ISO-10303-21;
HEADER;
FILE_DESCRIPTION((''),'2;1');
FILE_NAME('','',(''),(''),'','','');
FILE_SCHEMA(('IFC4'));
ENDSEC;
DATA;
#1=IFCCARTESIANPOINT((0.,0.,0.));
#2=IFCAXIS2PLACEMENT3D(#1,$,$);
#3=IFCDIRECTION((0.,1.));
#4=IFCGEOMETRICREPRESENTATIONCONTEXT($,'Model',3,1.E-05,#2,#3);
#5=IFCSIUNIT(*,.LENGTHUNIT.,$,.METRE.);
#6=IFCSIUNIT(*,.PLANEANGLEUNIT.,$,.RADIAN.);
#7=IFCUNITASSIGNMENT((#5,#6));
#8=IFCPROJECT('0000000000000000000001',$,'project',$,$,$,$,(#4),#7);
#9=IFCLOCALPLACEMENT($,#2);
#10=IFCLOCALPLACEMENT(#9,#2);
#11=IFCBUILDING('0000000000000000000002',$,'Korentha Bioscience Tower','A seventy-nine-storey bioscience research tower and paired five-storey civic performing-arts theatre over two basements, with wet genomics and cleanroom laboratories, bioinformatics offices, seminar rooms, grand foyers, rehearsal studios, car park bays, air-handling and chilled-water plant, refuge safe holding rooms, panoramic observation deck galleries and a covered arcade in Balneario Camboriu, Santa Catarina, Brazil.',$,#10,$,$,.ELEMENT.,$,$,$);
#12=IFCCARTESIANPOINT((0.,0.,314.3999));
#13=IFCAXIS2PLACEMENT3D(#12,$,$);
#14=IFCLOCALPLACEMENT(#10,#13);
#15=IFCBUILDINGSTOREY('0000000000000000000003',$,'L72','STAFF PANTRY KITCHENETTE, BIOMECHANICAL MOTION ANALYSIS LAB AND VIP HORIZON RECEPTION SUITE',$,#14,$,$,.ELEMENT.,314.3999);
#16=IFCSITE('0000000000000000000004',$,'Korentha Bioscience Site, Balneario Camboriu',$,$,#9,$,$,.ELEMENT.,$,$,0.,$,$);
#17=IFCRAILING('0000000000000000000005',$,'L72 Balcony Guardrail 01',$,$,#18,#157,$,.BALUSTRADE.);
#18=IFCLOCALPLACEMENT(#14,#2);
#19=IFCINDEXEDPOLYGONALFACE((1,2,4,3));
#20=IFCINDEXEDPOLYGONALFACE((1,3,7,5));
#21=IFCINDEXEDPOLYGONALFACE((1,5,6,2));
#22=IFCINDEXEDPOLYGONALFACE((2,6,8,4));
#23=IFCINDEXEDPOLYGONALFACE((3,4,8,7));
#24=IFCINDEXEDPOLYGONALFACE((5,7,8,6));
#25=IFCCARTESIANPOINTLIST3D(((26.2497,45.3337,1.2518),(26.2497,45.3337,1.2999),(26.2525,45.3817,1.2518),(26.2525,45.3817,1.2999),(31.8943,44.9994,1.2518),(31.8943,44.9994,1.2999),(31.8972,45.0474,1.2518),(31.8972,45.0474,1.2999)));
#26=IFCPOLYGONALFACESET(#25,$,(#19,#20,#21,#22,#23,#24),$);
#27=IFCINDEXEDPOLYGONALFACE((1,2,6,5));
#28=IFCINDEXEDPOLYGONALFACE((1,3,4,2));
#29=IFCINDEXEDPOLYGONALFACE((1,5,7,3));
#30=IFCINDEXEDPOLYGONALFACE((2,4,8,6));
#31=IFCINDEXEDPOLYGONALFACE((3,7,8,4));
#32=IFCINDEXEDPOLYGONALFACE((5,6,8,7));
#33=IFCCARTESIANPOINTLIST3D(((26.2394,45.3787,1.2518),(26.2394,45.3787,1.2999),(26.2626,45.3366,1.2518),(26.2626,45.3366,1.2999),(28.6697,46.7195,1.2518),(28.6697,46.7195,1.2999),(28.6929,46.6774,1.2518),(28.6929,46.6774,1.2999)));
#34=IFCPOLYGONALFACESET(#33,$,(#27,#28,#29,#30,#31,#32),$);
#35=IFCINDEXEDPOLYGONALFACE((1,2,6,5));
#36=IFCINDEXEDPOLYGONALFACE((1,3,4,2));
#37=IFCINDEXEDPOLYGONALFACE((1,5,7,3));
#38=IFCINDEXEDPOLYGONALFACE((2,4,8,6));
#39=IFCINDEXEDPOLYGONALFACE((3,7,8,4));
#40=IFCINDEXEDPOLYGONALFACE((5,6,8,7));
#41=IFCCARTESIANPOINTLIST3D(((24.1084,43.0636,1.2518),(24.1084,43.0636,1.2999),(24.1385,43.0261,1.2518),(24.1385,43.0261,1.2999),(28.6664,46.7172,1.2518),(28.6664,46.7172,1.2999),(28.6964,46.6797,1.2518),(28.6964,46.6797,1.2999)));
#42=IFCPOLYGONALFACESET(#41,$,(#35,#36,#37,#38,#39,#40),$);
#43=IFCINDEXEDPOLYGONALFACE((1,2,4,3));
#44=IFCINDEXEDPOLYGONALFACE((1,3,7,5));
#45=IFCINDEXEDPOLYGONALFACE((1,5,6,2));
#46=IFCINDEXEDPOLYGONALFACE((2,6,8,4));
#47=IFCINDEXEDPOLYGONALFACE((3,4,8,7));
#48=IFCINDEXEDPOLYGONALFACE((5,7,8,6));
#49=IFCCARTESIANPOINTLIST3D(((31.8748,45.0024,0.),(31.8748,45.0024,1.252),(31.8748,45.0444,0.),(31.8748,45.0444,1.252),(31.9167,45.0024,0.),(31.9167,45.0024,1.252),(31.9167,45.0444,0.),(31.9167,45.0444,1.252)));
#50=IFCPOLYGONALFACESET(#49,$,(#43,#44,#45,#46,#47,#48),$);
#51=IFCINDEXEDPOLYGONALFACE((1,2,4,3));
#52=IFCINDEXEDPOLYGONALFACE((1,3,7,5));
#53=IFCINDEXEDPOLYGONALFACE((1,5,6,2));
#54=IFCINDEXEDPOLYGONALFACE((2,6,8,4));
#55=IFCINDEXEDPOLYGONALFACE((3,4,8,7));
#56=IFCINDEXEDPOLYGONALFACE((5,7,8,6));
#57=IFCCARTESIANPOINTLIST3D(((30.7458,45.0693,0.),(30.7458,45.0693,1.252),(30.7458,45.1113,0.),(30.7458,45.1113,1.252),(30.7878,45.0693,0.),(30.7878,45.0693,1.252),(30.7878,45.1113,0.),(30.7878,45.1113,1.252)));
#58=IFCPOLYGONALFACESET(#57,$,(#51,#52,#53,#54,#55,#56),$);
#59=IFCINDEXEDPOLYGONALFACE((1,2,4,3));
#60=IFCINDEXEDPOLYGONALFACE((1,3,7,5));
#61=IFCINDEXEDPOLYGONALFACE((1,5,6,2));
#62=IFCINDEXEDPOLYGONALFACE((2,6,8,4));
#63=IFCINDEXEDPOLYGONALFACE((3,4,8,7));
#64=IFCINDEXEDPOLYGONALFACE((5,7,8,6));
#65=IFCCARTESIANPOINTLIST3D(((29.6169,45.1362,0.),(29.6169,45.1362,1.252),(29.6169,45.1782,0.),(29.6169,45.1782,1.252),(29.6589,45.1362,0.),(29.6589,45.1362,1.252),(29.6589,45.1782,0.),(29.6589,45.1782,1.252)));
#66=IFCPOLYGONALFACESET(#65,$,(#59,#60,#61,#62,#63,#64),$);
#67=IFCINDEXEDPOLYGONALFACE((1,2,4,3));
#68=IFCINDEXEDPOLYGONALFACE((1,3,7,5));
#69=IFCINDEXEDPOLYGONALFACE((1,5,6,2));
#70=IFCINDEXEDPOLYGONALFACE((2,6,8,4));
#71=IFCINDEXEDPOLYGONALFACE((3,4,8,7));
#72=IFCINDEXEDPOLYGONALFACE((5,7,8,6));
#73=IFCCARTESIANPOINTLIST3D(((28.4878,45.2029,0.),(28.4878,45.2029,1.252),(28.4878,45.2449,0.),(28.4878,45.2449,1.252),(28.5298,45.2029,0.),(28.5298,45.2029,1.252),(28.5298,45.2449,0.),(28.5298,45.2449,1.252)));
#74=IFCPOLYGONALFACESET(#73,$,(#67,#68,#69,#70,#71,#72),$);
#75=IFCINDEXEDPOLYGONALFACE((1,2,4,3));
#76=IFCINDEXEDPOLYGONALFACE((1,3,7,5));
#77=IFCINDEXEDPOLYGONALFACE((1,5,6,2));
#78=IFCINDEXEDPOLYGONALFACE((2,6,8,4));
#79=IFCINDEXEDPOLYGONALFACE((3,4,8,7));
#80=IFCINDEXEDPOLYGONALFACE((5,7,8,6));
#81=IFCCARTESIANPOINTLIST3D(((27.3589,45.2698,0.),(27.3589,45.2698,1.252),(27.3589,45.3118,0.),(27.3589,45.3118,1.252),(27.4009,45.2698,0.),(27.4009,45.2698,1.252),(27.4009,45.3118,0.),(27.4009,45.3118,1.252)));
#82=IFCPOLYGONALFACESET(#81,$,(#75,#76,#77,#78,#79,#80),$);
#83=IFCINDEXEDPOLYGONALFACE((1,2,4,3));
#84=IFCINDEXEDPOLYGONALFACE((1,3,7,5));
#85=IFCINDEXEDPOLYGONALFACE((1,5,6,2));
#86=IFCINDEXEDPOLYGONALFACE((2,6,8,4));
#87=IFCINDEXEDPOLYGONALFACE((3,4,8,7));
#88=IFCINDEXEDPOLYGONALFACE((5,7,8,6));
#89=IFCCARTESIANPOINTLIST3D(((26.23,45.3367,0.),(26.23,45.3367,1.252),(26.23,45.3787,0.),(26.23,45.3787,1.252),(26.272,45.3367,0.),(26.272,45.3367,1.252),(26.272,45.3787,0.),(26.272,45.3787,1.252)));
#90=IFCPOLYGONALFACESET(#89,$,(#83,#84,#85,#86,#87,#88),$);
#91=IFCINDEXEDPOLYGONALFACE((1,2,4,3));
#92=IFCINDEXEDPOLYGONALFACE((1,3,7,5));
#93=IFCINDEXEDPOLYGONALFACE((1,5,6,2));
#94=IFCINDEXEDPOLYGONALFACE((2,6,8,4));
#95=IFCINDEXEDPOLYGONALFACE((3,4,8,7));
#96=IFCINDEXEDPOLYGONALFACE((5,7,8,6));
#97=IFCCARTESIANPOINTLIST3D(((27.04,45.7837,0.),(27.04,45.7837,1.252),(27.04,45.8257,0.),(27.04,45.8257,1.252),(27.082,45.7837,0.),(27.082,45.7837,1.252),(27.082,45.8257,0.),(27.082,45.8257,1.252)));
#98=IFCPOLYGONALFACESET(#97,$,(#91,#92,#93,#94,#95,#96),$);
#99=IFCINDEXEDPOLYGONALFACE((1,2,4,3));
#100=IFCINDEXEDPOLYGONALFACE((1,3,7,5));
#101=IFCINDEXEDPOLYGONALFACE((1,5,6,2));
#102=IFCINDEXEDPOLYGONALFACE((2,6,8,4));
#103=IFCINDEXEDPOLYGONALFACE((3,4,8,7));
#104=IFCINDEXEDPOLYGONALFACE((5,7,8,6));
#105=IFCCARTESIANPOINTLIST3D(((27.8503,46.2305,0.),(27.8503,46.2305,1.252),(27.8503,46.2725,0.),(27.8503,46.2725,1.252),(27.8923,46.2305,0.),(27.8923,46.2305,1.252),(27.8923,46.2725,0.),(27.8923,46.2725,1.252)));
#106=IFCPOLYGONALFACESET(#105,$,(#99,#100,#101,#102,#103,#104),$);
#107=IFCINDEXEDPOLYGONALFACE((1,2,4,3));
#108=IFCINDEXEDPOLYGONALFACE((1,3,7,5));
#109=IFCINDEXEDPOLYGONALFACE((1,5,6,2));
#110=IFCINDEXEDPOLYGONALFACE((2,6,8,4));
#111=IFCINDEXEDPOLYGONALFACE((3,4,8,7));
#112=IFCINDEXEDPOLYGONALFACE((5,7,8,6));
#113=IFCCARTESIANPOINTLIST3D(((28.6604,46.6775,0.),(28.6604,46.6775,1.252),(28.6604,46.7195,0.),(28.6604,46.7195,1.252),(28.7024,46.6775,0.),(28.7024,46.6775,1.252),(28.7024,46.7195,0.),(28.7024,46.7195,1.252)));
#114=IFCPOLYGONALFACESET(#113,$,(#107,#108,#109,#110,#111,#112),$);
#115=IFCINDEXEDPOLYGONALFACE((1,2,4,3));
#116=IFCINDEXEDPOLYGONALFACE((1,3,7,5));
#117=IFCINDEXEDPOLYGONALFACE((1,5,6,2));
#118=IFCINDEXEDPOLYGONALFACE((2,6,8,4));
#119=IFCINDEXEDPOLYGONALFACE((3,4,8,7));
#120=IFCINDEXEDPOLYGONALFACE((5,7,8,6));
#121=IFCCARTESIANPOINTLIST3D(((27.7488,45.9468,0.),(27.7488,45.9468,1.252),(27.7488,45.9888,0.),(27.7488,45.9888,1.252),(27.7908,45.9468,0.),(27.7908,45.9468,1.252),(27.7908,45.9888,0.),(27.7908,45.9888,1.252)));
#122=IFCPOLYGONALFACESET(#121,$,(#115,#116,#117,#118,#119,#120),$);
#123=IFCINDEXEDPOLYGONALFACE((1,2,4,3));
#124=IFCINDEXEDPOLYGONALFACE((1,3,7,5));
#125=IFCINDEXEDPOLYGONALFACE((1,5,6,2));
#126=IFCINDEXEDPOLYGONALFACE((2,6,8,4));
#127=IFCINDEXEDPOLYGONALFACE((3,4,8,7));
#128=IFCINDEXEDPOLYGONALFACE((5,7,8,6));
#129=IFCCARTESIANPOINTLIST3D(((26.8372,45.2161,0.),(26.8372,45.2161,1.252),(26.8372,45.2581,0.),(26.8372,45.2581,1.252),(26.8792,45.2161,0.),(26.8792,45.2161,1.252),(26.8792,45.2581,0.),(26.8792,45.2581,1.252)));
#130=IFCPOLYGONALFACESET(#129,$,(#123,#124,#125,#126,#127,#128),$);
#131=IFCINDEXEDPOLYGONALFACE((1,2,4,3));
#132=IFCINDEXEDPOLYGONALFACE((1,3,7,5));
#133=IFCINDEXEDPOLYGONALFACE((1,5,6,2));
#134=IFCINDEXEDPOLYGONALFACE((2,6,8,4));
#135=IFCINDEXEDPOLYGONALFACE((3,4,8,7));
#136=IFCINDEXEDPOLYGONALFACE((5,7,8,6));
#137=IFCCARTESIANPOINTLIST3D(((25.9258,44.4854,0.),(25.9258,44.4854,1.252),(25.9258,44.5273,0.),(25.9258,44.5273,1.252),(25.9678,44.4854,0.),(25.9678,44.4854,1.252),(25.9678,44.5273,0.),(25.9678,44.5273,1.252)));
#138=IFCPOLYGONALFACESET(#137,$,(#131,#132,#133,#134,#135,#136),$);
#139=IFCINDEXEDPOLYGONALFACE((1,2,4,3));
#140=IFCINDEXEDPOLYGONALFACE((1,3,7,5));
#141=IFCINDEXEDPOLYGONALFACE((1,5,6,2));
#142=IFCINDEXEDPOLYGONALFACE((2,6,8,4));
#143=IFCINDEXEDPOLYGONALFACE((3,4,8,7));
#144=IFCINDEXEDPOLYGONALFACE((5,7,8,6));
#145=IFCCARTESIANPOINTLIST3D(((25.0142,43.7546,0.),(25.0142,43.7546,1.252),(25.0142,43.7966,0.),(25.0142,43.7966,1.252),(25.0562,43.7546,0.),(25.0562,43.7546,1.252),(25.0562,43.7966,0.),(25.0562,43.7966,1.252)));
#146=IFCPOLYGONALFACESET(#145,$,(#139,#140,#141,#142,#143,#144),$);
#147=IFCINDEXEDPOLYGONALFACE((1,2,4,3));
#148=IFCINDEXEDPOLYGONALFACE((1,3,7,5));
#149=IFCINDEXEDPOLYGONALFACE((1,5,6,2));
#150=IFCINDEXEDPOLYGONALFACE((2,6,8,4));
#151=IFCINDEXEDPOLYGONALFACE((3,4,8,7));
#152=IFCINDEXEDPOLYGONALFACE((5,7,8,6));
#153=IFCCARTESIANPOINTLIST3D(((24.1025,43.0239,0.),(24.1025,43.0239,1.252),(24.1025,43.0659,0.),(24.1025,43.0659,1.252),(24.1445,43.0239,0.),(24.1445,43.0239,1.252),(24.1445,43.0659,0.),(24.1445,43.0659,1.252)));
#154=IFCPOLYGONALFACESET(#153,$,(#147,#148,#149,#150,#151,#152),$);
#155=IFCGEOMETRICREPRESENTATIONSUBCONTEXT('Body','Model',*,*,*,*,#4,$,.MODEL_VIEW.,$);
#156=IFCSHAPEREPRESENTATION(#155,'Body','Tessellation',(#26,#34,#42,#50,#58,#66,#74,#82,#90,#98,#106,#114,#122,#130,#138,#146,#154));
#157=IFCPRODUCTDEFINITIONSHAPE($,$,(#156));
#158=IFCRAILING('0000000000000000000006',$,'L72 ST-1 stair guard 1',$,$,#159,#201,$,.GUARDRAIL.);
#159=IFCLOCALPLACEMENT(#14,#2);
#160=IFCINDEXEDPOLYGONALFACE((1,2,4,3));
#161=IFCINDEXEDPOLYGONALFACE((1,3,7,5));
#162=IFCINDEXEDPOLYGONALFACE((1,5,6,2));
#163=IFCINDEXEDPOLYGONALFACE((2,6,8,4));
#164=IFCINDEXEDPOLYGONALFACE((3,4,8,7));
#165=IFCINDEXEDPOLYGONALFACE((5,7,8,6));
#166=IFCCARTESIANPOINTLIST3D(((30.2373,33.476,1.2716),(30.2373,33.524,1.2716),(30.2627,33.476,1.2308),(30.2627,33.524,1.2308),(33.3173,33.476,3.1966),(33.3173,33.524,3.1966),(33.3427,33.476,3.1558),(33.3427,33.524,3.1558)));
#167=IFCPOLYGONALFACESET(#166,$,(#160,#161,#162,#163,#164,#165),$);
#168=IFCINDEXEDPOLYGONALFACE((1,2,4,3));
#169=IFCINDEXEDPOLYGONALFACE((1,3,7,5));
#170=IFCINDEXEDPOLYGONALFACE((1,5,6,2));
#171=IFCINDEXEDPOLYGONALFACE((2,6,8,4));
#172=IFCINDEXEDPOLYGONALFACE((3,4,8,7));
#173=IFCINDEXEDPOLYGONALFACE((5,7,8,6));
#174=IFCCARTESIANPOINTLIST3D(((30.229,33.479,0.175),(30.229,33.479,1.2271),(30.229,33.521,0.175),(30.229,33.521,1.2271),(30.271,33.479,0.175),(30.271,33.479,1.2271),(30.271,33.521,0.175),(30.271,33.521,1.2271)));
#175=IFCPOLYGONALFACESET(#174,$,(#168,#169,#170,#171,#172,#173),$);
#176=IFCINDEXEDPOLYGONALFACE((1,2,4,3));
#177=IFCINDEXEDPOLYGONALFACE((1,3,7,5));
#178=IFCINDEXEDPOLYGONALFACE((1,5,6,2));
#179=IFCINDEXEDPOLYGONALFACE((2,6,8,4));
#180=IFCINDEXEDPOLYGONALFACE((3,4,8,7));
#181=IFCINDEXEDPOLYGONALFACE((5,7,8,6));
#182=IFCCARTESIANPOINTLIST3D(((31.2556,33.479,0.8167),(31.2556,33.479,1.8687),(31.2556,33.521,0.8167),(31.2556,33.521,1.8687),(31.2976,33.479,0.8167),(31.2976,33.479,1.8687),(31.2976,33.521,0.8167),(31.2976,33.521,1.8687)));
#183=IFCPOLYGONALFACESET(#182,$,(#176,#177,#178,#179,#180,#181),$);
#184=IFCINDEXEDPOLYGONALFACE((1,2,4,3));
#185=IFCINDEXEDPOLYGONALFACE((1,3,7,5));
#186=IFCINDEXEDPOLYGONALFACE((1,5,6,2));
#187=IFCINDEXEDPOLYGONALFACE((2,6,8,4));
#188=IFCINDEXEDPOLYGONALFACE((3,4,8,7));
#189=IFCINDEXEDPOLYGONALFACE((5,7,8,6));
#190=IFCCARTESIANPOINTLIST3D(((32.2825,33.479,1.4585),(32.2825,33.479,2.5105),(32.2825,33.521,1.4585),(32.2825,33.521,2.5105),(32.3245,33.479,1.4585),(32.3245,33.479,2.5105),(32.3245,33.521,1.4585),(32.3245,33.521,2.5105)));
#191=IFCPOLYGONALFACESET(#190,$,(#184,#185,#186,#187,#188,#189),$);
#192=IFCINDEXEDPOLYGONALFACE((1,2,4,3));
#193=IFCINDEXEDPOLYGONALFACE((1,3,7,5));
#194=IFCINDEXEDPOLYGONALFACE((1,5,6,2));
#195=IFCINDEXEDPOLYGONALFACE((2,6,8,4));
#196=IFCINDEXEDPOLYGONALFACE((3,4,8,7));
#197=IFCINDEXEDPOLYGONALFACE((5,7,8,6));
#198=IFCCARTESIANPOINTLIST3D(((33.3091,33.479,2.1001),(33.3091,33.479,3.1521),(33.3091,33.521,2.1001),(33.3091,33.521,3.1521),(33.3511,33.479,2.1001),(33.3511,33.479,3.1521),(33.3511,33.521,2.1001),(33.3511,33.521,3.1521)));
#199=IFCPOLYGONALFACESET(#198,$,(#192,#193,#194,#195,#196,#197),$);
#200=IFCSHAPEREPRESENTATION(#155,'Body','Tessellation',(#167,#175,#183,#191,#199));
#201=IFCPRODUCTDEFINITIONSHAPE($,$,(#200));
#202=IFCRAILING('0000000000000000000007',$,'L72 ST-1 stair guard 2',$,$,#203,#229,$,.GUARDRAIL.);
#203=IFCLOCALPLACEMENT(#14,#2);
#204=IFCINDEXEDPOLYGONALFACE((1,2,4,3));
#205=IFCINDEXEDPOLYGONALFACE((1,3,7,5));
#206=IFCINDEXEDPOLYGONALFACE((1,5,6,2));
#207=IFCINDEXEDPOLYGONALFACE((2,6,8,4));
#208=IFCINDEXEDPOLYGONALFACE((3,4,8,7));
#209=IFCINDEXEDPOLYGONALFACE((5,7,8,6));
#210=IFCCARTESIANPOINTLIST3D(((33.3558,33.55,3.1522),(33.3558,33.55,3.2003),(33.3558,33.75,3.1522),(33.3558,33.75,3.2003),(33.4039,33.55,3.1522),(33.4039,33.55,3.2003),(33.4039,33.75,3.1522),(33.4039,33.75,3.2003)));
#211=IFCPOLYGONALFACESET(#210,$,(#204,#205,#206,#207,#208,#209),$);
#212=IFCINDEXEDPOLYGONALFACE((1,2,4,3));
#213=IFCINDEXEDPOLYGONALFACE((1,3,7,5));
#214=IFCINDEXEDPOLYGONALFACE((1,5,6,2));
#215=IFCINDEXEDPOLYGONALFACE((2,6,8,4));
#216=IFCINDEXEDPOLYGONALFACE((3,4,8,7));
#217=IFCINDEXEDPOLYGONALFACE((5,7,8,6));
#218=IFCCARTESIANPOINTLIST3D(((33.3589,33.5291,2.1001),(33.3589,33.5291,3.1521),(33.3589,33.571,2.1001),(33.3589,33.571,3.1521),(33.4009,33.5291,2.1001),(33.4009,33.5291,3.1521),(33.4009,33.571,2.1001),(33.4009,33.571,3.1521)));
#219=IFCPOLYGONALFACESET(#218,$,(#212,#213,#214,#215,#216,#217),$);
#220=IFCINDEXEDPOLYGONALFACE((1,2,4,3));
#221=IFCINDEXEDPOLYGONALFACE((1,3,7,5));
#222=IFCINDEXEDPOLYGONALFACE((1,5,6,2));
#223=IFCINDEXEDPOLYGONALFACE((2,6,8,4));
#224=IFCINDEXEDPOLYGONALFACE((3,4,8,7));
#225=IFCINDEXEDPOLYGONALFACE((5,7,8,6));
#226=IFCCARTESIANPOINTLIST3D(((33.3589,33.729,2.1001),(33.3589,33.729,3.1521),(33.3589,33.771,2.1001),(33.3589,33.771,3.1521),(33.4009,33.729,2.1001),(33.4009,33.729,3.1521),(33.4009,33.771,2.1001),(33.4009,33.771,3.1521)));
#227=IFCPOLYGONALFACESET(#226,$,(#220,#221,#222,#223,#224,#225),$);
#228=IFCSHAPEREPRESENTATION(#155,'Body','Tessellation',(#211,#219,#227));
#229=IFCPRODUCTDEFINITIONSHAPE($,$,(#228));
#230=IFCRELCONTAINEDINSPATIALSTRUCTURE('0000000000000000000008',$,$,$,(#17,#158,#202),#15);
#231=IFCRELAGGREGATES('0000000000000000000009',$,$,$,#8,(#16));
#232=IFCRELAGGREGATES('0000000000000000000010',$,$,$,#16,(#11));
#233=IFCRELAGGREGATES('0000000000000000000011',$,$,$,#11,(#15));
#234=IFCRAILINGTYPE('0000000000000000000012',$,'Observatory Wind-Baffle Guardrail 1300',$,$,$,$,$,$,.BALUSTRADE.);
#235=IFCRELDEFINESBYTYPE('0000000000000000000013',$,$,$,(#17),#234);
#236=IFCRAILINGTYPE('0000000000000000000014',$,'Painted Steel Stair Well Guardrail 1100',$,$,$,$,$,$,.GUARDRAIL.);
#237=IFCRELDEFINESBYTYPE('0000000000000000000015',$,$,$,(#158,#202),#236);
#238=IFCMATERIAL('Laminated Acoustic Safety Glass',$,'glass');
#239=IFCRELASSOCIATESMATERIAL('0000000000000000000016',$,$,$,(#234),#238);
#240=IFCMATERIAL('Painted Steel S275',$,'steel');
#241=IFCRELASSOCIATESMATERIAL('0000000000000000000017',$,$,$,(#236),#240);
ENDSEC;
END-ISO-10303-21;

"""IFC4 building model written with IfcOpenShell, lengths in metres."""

from ifc_helpers import new_model, si_unit, direction, frame, origin, origin_2d, place, context, subcontext, project, spatial, rectangle, extrude, material, type_object, element, save


model = new_model("IFC4")

# Units and contexts
model_context = context("Model", 3, precision=1e-05, world=origin(), true_north=direction((0.0, 1.0)))
body_context = subcontext(model_context, "Body", "Model", "MODEL_VIEW")
ifc_project = project(units=[si_unit("LENGTHUNIT", "METRE"), si_unit("PLANEANGLEUNIT", "RADIAN")], contexts=[model_context])

# Site, building, storey
site_placement = place(None, origin())
site = spatial("IfcSite", under=ifc_project, at=site_placement, Name="Korentha Bioscience Site, Balneario Camboriu", CompositionType="ELEMENT", RefElevation=0.0)
building_placement = place(site_placement, origin())
building = spatial("IfcBuilding", under=site, at=building_placement, Name="Korentha Bioscience Tower", Description="A seventy-nine-storey bioscience research tower and paired five-storey civic performing-arts theatre over two basements, with wet genomics and cleanroom laboratories, bioinformatics offices, seminar rooms, grand foyers, rehearsal studios, car park bays, air-handling and chilled-water plant, refuge safe holding rooms, panoramic observation deck galleries and a covered arcade in Balneario Camboriu, Santa Catarina, Brazil.", CompositionType="ELEMENT")
storey_placement = place(building_placement, frame((0.0, 0.0, 314.3999)))
storey = spatial("IfcBuildingStorey", under=building, at=storey_placement, Name="L72", Description="STAFF PANTRY KITCHENETTE, BIOMECHANICAL MOTION ANALYSIS LAB AND VIP HORIZON RECEPTION SUITE", CompositionType="ELEMENT", Elevation=314.3999)

# Railings
ifc_material_1 = material(Name="Laminated Acoustic Safety Glass", Category="glass")
railing_type_1 = type_object("IfcRailingType", Name="Observatory Wind-Baffle Guardrail 1300", PredefinedType="BALUSTRADE", material=ifc_material_1)
railing_1_placement = place(storey_placement, frame((31.8958, 45.0234, 0.0)))
element("IfcRailing", 1, at=railing_1_placement, inside=storey, type_object=railing_type_1, Name="L72 Balcony Guardrail 01", PredefinedType="BALUSTRADE", context=body_context, shape_type="SweptSolid", body=[
    extrude(rectangle(XDim=0.0481, YDim=0.0481, at=origin_2d()), frame((0.0, 0.0, 1.2759), z_axis=(-0.998252, 0.059107, 0.0), x_axis=(-0.059107, -0.998252, 0.0)), (0.0, 0.0, 1.0), 5.6545),
    extrude(rectangle(XDim=0.0481, YDim=0.0481, at=origin_2d()), frame((-5.6448, 0.3342, 1.2759), z_axis=(0.875593, 0.483049, 0.0), x_axis=(-0.483049, 0.875593, 0.0)), (0.0, 0.0, 1.0), 2.7756),
    extrude(rectangle(XDim=0.0481, YDim=0.0481, at=origin_2d()), frame((-3.2144, 1.675, 1.2759), z_axis=(-0.780261, -0.625454, 0.0), x_axis=(0.625454, -0.780261, 0.0)), (0.0, 0.0, 1.0), 5.8416),
    extrude(rectangle(XDim=0.042, YDim=0.042, at=origin_2d()), origin(), (0.0, 0.0, 1.0), 1.252),
    extrude(rectangle(XDim=0.042, YDim=0.042, at=origin_2d()), frame((-1.1289, 0.0669, 0.0)), (0.0, 0.0, 1.0), 1.252),
    extrude(rectangle(XDim=0.042, YDim=0.042, at=origin_2d()), frame((-2.2578, 0.1338, 0.0)), (0.0, 0.0, 1.0), 1.252),
    extrude(rectangle(XDim=0.042, YDim=0.042, at=origin_2d()), frame((-3.387, 0.2004, 0.0)), (0.0, 0.0, 1.0), 1.252),
    extrude(rectangle(XDim=0.042, YDim=0.042, at=origin_2d()), frame((-4.5159, 0.2673, 0.0)), (0.0, 0.0, 1.0), 1.252),
    extrude(rectangle(XDim=0.042, YDim=0.042, at=origin_2d()), frame((-5.6448, 0.3342, 0.0)), (0.0, 0.0, 1.0), 1.252),
    extrude(rectangle(XDim=0.042, YDim=0.042, at=origin_2d()), frame((-4.8347, 0.7812, 0.0)), (0.0, 0.0, 1.0), 1.252),
    extrude(rectangle(XDim=0.042, YDim=0.042, at=origin_2d()), frame((-4.0244, 1.228, 0.0)), (0.0, 0.0, 1.0), 1.252),
    extrude(rectangle(XDim=0.042, YDim=0.042, at=origin_2d()), frame((-3.2144, 1.675, 0.0)), (0.0, 0.0, 1.0), 1.252),
    extrude(rectangle(XDim=0.042, YDim=0.042, at=origin_2d()), frame((-4.126, 0.9443, 0.0)), (0.0, 0.0, 1.0), 1.252),
    extrude(rectangle(XDim=0.042, YDim=0.042, at=origin_2d()), frame((-5.0376, 0.2136, 0.0)), (0.0, 0.0, 1.0), 1.252),
    extrude(rectangle(XDim=0.042, YDim=0.042, at=origin_2d()), frame((-5.949, -0.5171, 0.0)), (0.0, 0.0, 1.0), 1.252),
    extrude(rectangle(XDim=0.042, YDim=0.042, at=origin_2d()), frame((-6.8606, -1.2478, 0.0)), (0.0, 0.0, 1.0), 1.252),
    extrude(rectangle(XDim=0.042, YDim=0.042, at=origin_2d()), frame((-7.7722, -1.9785, 0.0)), (0.0, 0.0, 1.0), 1.252),
])
ifc_material_2 = material(Name="Painted Steel S275", Category="steel")
railing_type_2 = type_object("IfcRailingType", Name="Painted Steel Stair Well Guardrail 1100", PredefinedType="GUARDRAIL", material=ifc_material_2)
railing_2_placement = place(storey_placement, frame((30.25, 33.5, 0.175)))
element("IfcRailing", 2, at=railing_2_placement, inside=storey, type_object=railing_type_2, Name="L72 ST-1 stair guard 1", PredefinedType="GUARDRAIL", context=body_context, shape_type="SweptSolid", body=[
    extrude(rectangle(XDim=0.0481, YDim=0.0481, at=origin_2d()), frame((0.0, 0.0, 1.0762), z_axis=(0.847998, 0.0, 0.529999), x_axis=(0.0, 1.0, 0.0)), (0.0, 0.0, 1.0), 3.6321),
    extrude(rectangle(XDim=0.042, YDim=0.042, at=origin_2d()), origin(), (0.0, 0.0, 1.0), 1.052),
    extrude(rectangle(XDim=0.042, YDim=0.042, at=origin_2d()), frame((1.0266, 0.0, 0.6416)), (0.0, 0.0, 1.0), 1.052),
    extrude(rectangle(XDim=0.042, YDim=0.042, at=origin_2d()), frame((2.0535, 0.0, 1.2834)), (0.0, 0.0, 1.0), 1.052),
    extrude(rectangle(XDim=0.042, YDim=0.042, at=origin_2d()), frame((3.0801, 0.0, 1.925)), (0.0, 0.0, 1.0), 1.052),
])
railing_3_placement = place(storey_placement, frame((33.3799, 33.55, 2.1001)))
element("IfcRailing", 3, at=railing_3_placement, inside=storey, type_object=railing_type_2, Name="L72 ST-1 stair guard 2", PredefinedType="GUARDRAIL", context=body_context, shape_type="SweptSolid", body=[
    extrude(rectangle(XDim=0.0481, YDim=0.0481, at=origin_2d()), frame((0.0, 0.0, 1.0762), z_axis=(0.0, 1.0, 0.0), x_axis=(-1.0, 0.0, 0.0)), (0.0, 0.0, 1.0), 0.2),
    extrude(rectangle(XDim=0.042, YDim=0.042, at=origin_2d()), origin(), (0.0, 0.0, 1.0), 1.052),
    extrude(rectangle(XDim=0.042, YDim=0.042, at=origin_2d()), frame((0.0, 0.2, 0.0)), (0.0, 0.0, 1.0), 1.052),
])

save(model, "model.ifc")
